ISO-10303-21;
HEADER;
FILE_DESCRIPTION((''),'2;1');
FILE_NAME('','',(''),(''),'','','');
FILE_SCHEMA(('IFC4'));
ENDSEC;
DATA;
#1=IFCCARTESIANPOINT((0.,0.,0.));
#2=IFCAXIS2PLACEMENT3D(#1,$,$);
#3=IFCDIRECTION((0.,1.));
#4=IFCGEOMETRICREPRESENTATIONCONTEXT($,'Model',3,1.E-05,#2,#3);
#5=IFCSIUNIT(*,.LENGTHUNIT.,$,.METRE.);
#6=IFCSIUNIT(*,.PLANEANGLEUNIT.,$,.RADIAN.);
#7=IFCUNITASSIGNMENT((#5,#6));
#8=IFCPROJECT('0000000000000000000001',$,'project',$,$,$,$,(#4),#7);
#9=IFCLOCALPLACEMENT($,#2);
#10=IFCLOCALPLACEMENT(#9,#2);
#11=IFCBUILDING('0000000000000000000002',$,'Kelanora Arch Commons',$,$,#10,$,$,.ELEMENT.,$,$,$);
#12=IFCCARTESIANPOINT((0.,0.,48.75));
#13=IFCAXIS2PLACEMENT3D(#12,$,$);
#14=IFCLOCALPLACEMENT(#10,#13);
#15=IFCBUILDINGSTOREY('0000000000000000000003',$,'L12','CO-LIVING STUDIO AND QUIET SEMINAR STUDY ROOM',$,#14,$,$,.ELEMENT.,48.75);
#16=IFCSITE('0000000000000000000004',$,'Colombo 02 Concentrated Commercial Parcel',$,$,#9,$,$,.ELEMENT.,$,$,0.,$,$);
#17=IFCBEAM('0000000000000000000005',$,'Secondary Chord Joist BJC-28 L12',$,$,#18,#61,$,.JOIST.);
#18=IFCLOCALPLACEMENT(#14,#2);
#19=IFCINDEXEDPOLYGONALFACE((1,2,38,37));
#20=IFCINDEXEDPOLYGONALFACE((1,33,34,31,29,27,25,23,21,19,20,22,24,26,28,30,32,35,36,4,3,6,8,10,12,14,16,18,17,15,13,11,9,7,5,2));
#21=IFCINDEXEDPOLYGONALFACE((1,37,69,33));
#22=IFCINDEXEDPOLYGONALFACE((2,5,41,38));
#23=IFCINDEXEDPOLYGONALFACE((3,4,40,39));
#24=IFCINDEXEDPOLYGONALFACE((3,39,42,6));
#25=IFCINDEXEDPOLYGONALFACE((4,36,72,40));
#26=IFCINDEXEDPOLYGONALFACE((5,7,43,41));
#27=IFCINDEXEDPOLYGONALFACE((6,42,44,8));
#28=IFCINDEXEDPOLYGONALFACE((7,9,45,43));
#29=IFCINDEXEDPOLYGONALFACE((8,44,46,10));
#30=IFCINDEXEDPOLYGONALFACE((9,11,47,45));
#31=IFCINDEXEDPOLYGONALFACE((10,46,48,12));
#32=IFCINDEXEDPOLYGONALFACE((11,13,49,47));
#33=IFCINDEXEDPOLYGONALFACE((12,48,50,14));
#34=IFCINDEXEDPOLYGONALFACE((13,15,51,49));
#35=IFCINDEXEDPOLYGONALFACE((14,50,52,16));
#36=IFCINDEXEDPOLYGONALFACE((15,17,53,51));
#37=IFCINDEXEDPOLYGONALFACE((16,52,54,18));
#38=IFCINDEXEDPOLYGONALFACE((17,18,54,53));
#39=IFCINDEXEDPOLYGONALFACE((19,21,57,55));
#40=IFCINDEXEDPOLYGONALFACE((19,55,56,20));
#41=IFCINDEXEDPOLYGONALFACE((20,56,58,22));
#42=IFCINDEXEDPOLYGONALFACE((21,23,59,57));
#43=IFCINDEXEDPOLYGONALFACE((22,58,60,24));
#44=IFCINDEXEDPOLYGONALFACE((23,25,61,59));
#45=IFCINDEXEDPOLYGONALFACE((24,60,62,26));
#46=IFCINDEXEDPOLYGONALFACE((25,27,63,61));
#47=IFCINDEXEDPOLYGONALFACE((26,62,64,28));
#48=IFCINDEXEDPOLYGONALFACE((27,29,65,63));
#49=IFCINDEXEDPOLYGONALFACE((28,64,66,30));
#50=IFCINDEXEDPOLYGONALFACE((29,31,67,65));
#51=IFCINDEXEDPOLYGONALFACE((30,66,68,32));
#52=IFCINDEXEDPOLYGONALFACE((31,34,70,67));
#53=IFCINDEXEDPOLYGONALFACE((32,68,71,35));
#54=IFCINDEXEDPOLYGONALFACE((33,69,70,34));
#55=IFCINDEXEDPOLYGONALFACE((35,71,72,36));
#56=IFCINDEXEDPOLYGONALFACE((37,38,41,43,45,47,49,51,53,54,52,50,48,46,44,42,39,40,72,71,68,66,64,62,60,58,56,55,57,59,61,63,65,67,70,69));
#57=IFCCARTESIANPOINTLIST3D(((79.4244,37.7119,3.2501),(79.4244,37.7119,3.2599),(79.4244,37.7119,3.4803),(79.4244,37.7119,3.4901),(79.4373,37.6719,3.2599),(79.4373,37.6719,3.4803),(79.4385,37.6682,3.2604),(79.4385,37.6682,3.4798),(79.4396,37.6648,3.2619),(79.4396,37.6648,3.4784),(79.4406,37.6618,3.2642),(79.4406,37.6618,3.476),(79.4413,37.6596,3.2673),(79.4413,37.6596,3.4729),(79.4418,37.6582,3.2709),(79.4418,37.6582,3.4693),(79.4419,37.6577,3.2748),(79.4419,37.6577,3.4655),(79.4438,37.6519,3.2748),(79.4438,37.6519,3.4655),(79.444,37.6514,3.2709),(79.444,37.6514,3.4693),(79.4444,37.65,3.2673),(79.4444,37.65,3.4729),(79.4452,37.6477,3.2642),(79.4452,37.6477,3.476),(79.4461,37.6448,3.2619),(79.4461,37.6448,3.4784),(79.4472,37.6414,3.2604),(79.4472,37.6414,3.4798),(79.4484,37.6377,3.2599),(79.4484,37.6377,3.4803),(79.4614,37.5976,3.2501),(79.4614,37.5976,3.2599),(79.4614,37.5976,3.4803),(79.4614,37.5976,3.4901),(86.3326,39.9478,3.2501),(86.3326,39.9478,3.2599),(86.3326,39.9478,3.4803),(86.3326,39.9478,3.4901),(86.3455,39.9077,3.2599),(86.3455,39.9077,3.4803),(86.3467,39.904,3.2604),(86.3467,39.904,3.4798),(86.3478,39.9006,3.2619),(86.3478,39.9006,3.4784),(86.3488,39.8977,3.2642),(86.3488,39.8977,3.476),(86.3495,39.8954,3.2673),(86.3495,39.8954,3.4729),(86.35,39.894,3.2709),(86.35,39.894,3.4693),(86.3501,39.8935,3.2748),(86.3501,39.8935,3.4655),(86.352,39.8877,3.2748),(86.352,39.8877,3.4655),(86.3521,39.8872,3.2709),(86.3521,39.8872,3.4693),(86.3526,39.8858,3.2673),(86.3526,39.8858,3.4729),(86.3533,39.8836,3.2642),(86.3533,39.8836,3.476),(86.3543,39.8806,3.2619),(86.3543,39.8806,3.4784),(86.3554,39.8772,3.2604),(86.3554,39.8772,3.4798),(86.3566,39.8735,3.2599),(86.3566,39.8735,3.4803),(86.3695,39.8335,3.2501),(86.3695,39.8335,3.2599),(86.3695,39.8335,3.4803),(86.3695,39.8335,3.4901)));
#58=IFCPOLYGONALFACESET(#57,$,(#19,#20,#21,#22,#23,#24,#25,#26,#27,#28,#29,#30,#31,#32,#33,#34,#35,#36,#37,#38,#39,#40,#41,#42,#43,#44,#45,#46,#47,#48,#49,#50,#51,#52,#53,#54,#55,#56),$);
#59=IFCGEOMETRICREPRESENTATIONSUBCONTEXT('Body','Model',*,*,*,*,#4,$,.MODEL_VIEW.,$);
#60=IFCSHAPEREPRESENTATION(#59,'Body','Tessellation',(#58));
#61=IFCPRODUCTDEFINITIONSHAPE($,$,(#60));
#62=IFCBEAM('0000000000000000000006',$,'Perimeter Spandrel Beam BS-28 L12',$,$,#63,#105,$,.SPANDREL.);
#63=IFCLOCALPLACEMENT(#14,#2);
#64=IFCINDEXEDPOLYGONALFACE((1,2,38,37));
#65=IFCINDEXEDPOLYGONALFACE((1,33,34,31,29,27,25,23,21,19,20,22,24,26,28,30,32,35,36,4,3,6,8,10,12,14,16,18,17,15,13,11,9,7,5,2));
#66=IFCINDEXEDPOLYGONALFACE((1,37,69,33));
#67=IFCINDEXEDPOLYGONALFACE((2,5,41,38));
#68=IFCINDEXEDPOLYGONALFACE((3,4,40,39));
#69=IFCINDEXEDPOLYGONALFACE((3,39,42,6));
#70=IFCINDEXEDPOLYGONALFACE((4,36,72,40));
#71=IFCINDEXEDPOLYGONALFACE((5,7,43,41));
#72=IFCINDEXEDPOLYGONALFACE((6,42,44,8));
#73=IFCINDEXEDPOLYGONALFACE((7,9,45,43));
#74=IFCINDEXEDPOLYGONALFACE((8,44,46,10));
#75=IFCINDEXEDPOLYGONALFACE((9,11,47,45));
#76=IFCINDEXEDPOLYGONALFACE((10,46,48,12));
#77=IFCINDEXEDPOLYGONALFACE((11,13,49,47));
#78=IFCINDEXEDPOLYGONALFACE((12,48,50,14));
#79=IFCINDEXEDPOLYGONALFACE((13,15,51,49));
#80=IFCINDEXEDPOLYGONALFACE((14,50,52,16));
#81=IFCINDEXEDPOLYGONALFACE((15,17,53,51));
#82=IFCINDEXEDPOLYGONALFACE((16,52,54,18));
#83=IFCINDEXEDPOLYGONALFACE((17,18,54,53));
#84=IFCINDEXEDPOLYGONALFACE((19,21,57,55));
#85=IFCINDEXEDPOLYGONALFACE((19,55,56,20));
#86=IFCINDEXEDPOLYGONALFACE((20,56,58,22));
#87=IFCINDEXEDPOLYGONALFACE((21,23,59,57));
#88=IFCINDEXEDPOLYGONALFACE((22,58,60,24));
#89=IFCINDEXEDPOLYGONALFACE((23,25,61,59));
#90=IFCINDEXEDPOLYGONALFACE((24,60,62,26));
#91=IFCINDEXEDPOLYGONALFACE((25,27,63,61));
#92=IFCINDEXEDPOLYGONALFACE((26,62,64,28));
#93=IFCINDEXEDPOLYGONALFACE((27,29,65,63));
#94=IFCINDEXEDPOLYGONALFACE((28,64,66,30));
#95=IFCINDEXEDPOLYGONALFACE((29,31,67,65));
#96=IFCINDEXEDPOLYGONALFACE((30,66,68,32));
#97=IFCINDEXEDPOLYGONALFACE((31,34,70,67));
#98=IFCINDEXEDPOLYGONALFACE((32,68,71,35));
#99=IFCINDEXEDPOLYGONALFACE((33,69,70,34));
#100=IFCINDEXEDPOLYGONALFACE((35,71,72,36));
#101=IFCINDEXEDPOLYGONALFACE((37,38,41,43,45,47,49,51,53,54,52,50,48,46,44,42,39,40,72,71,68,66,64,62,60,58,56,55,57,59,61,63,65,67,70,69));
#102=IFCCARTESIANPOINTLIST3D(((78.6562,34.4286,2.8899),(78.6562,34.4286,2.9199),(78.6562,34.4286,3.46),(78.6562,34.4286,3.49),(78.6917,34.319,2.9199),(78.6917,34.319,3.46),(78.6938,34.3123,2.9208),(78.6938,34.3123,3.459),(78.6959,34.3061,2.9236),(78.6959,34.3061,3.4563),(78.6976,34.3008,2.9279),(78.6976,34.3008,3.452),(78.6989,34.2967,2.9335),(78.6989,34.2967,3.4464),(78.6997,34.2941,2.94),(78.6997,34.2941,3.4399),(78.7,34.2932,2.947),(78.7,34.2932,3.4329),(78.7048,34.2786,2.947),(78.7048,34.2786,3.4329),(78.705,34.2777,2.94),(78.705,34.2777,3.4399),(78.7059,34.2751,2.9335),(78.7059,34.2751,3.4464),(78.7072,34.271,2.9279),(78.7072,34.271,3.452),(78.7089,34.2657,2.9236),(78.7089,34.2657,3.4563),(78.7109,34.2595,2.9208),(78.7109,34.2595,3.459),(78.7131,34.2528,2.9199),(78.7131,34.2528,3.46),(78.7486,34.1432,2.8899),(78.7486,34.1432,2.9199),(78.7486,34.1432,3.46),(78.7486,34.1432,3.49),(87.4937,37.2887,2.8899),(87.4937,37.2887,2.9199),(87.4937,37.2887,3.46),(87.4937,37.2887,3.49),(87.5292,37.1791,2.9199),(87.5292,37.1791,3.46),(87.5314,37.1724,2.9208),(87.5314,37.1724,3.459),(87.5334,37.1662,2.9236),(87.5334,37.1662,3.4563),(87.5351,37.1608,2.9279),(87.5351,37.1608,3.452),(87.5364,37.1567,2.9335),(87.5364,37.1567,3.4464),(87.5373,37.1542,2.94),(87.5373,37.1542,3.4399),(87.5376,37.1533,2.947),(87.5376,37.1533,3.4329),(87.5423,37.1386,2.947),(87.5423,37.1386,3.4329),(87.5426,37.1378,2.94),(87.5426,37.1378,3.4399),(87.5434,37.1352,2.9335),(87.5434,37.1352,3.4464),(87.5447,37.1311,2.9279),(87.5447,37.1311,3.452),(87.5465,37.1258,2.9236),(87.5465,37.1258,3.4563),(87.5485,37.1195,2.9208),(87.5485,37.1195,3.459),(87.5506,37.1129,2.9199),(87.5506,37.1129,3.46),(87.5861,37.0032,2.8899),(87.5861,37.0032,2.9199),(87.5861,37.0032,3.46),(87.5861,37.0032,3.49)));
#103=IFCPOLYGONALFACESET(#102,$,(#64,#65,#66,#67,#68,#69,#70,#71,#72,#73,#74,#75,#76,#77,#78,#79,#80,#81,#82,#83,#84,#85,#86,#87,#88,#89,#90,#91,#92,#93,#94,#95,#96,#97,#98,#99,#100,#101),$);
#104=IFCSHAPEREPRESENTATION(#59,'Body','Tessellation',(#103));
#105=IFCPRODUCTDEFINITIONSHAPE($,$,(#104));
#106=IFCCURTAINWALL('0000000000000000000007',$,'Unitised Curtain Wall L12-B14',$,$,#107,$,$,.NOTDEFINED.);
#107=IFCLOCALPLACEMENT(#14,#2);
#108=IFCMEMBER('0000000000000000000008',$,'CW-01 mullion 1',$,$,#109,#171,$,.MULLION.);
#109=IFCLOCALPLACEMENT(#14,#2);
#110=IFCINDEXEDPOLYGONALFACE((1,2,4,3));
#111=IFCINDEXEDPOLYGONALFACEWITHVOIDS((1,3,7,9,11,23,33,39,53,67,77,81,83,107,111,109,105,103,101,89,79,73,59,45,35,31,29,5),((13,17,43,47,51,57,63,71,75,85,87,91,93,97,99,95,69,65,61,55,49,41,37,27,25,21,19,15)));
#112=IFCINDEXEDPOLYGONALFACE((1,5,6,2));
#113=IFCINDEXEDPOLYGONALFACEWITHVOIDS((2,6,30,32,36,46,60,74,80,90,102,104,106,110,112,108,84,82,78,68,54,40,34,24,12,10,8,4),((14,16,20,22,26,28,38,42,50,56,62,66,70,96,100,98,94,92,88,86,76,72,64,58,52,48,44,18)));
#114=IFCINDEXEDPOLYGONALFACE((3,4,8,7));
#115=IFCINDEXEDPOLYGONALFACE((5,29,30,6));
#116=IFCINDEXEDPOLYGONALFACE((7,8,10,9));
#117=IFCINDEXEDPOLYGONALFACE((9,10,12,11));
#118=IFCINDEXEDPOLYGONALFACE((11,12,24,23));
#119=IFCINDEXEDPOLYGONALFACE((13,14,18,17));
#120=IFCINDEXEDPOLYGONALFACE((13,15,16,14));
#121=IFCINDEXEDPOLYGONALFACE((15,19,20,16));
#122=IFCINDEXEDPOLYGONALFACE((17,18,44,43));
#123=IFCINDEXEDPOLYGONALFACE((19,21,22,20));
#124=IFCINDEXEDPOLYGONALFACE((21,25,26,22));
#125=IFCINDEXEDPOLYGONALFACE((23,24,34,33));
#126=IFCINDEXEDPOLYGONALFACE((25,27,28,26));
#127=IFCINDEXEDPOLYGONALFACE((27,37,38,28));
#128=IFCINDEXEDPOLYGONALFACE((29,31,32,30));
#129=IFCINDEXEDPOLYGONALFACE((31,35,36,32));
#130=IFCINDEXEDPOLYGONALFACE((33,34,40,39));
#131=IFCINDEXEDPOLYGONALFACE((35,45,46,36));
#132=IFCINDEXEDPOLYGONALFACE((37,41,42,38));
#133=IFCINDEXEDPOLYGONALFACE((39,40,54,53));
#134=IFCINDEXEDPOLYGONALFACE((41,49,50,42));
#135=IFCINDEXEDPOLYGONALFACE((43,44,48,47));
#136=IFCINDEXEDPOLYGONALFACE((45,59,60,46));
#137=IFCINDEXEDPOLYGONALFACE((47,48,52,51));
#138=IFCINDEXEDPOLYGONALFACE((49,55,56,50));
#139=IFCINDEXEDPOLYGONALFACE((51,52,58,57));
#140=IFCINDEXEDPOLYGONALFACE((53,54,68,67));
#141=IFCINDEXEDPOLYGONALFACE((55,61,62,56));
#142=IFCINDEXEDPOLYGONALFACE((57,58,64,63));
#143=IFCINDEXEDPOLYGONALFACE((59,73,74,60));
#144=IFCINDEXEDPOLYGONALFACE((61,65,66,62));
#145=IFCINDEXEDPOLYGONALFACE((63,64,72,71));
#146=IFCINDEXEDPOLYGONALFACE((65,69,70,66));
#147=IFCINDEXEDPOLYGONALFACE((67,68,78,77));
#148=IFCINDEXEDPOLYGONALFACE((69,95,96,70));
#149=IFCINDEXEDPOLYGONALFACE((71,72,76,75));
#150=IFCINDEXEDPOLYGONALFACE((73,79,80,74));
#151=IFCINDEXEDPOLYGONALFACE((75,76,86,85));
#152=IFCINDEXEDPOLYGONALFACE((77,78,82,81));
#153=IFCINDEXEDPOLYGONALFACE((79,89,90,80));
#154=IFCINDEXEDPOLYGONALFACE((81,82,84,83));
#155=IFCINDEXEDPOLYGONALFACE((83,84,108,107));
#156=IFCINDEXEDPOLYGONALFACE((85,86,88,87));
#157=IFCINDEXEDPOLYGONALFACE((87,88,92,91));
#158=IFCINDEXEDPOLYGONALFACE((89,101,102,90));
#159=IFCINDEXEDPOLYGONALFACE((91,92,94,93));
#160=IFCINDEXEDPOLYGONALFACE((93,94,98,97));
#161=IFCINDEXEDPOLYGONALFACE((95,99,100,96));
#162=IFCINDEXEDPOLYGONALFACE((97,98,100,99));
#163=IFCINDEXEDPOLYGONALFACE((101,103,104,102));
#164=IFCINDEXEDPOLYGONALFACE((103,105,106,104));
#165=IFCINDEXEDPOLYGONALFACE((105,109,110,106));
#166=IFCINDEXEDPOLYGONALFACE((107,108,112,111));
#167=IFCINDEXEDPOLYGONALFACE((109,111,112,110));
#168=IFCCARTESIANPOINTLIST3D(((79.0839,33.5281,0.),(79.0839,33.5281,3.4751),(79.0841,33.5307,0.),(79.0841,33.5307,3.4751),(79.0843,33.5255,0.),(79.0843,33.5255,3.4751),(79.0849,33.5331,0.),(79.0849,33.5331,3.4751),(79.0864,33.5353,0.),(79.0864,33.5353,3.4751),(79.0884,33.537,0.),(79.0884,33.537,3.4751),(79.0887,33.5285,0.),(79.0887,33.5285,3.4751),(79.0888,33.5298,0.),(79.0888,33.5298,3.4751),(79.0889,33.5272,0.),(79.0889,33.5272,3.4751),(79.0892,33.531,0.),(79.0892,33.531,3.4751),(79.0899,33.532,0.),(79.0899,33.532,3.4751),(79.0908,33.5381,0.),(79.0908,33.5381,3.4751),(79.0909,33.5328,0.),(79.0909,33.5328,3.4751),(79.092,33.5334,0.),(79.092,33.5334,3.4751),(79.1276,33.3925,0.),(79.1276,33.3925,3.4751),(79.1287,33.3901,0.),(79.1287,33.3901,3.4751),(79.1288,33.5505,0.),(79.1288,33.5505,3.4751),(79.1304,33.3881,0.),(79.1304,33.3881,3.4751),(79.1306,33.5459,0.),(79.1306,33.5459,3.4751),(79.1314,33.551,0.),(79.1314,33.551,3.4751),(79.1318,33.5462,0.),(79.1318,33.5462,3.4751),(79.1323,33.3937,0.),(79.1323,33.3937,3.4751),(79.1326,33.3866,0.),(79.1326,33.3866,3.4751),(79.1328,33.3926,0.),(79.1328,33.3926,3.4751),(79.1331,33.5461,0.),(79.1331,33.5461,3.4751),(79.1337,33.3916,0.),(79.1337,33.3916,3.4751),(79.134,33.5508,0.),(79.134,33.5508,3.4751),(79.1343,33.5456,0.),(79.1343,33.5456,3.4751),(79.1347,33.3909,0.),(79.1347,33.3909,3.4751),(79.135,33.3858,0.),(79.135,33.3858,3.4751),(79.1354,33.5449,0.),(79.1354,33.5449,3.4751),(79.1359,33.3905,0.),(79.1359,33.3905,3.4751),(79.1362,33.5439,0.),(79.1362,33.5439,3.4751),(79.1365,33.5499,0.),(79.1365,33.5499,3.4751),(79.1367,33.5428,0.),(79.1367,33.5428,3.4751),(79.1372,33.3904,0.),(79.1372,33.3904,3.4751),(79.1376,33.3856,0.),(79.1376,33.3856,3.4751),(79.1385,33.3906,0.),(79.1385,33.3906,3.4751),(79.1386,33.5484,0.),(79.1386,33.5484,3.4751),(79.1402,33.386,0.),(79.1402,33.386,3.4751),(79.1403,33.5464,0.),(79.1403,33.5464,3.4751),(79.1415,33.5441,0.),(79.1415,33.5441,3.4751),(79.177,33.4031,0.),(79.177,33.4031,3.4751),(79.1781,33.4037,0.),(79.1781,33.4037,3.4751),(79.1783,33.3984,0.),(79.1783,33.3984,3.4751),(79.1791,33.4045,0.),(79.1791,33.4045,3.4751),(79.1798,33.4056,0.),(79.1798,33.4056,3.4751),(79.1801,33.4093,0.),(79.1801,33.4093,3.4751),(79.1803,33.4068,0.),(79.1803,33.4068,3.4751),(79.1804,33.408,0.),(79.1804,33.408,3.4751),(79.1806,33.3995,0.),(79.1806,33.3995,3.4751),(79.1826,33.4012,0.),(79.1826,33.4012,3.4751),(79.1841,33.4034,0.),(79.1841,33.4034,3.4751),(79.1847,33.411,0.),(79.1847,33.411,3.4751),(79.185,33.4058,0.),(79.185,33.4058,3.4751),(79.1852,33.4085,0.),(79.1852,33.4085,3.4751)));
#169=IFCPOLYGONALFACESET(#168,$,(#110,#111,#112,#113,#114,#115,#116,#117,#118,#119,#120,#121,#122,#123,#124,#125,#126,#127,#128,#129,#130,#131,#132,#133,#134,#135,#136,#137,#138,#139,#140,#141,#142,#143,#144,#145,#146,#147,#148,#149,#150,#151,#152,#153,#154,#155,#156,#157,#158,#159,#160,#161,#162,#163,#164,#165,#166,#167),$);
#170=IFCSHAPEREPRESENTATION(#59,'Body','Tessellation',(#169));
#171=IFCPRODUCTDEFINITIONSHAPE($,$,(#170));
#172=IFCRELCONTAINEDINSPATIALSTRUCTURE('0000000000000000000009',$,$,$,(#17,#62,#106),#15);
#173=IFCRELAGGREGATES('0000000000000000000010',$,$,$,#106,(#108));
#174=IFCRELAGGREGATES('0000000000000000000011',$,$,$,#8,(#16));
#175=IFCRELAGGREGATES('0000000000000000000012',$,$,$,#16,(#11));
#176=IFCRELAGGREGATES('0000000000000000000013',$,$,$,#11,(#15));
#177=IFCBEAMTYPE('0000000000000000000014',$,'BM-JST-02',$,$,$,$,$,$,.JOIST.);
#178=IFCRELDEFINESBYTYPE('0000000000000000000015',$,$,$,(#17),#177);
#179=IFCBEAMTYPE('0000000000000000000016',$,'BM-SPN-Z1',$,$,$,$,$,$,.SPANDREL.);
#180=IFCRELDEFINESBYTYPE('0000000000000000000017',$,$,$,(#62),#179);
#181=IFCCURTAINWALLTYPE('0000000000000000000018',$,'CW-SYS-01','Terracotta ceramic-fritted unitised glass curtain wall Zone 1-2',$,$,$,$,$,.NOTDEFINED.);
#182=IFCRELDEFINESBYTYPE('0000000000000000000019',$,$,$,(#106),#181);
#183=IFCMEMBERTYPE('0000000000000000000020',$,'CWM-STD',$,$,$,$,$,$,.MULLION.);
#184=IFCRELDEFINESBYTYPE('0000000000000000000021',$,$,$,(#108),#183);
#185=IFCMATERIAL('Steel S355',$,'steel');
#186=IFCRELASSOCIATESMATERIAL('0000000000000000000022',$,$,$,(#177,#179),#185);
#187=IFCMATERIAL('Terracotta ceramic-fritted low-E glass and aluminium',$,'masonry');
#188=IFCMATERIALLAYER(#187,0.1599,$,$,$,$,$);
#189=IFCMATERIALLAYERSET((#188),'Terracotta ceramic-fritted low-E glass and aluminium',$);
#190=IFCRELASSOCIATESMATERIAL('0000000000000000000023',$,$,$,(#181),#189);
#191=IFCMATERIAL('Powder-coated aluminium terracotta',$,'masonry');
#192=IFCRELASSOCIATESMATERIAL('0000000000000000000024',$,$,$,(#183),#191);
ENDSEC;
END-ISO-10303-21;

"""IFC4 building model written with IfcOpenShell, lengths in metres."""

from ifc_helpers import new_model, si_unit, direction, frame, origin, origin_2d, place, context, subcontext, project, spatial, hollow_rectangle, i_section, extrude, material, layer, layer_set, material_profile, profile_set, type_object, element, aggregate, save


model = new_model("IFC4")

# Units and contexts
model_context = context("Model", 3, precision=1e-05, world=origin(), true_north=direction((0.0, 1.0)))
body_context = subcontext(model_context, "Body", "Model", "MODEL_VIEW")
ifc_project = project(units=[si_unit("LENGTHUNIT", "METRE"), si_unit("PLANEANGLEUNIT", "RADIAN")], contexts=[model_context])

# Site, building, storey
site_placement = place(None, origin())
site = spatial("IfcSite", under=ifc_project, at=site_placement, Name="Colombo 02 Concentrated Commercial Parcel", CompositionType="ELEMENT", RefElevation=0.0)
building_placement = place(site_placement, origin())
building = spatial("IfcBuilding", under=site, at=building_placement, Name="Kelanora Arch Commons", CompositionType="ELEMENT")
storey_placement = place(building_placement, frame((0.0, 0.0, 48.75)))
storey = spatial("IfcBuildingStorey", under=building, at=storey_placement, Name="L12", Description="CO-LIVING STUDIO AND QUIET SEMINAR STUDY ROOM", CompositionType="ELEMENT", Elevation=48.75)

# Beams
ifc_material_1 = material(Name="Steel S355", Category="steel")
ifc_material_profile_1 = material_profile(ifc_material_1, i_section(OverallWidth=0.1201, OverallDepth=0.24, WebThickness=0.0061, FlangeThickness=0.0098, FilletRadius=0.0149, at=origin_2d()), Name="IPE240")
ifc_profile_set_1 = profile_set([ifc_material_profile_1], Name="Steel S355")
beam_type_1 = type_object("IfcBeamType", Name="BM-JST-02", PredefinedType="JOIST", material=ifc_profile_set_1)
beam_1_placement = place(storey_placement, frame((79.4429, 37.6548, 3.3701), z_axis=(0.951411, 0.307924, 0.0), x_axis=(-0.307924, 0.951411, 0.0)))
element("IfcBeam", 1, at=beam_1_placement, inside=storey, type_object=beam_type_1, Name="Secondary Chord Joist BJC-28 L12", PredefinedType="JOIST", context=body_context, shape_type="SweptSolid", body=[
    extrude(i_section(OverallWidth=0.1201, OverallDepth=0.24, WebThickness=0.0061, FlangeThickness=0.0098, FilletRadius=0.0149, at=origin_2d()), origin(), (0.0, 0.0, 1.0), 7.261),
])
ifc_material_profile_2 = material_profile(ifc_material_1, i_section(OverallWidth=0.3, OverallDepth=0.6001, WebThickness=0.0154, FlangeThickness=0.03, FilletRadius=0.0271, at=origin_2d()), Name="HEB600")
ifc_profile_set_2 = profile_set([ifc_material_profile_2], Name="Steel S355")
beam_type_2 = type_object("IfcBeamType", Name="BM-SPN-Z1", PredefinedType="SPANDREL", material=ifc_profile_set_2)
beam_2_placement = place(storey_placement, frame((78.7024, 34.2859, 3.1899), z_axis=(0.951417, 0.307905, 0.0), x_axis=(-0.307905, 0.951417, 0.0)))
element("IfcBeam", 2, at=beam_2_placement, inside=storey, type_object=beam_type_2, Name="Perimeter Spandrel Beam BS-28 L12", PredefinedType="SPANDREL", context=body_context, shape_type="SweptSolid", body=[
    extrude(i_section(OverallWidth=0.3, OverallDepth=0.6001, WebThickness=0.0154, FlangeThickness=0.03, FilletRadius=0.0271, at=origin_2d()), origin(), (0.0, 0.0, 1.0), 9.2888),
])

# Curtain wall, member
ifc_material_2 = material(Name="Terracotta ceramic-fritted low-E glass and aluminium", Category="masonry")
ifc_layer_1 = layer(ifc_material_2, 0.1599)
ifc_layer_set_1 = layer_set([ifc_layer_1], Name="Terracotta ceramic-fritted low-E glass and aluminium")
curtain_wall_type = type_object("IfcCurtainWallType", Name="CW-SYS-01", Description="Terracotta ceramic-fritted unitised glass curtain wall Zone 1-2", PredefinedType="NOTDEFINED", material=ifc_layer_set_1)
curtain_wall_placement = place(storey_placement, origin())
curtain_wall = element("IfcCurtainWall", 3, at=curtain_wall_placement, inside=storey, type_object=curtain_wall_type, Name="Unitised Curtain Wall L12-B14", PredefinedType="NOTDEFINED")
ifc_material_3 = material(Name="Powder-coated aluminium terracotta", Category="masonry")
ifc_material_profile_3 = material_profile(ifc_material_3, hollow_rectangle(XDim=0.1599, YDim=0.0601, WallThickness=0.0049, InnerFilletRadius=0.0049, OuterFilletRadius=0.01, at=origin_2d()), Name="CWM160x60")
ifc_profile_set_3 = profile_set([ifc_material_profile_3], Name="Powder-coated aluminium terracotta")
member_type_1 = type_object("IfcMemberType", Name="CWM-STD", PredefinedType="MULLION", material=ifc_profile_set_3)
member_1_placement = place(storey_placement, frame((79.1345, 33.4683, 0.0), z_axis=(0.0, 0.0, 1.0), x_axis=(-0.309058, 0.951043, 0.0)))
member_1 = element("IfcMember", 4, at=member_1_placement, type_object=member_type_1, Name="CW-01 mullion 1", PredefinedType="MULLION", context=body_context, shape_type="SweptSolid", body=[
    extrude(hollow_rectangle(XDim=0.1599, YDim=0.0601, WallThickness=0.0049, InnerFilletRadius=0.0049, OuterFilletRadius=0.01, at=origin_2d()), origin(), (0.0, 0.0, 1.0), 3.4751),
])
aggregate(curtain_wall, [member_1])

save(model, "model.ifc")
